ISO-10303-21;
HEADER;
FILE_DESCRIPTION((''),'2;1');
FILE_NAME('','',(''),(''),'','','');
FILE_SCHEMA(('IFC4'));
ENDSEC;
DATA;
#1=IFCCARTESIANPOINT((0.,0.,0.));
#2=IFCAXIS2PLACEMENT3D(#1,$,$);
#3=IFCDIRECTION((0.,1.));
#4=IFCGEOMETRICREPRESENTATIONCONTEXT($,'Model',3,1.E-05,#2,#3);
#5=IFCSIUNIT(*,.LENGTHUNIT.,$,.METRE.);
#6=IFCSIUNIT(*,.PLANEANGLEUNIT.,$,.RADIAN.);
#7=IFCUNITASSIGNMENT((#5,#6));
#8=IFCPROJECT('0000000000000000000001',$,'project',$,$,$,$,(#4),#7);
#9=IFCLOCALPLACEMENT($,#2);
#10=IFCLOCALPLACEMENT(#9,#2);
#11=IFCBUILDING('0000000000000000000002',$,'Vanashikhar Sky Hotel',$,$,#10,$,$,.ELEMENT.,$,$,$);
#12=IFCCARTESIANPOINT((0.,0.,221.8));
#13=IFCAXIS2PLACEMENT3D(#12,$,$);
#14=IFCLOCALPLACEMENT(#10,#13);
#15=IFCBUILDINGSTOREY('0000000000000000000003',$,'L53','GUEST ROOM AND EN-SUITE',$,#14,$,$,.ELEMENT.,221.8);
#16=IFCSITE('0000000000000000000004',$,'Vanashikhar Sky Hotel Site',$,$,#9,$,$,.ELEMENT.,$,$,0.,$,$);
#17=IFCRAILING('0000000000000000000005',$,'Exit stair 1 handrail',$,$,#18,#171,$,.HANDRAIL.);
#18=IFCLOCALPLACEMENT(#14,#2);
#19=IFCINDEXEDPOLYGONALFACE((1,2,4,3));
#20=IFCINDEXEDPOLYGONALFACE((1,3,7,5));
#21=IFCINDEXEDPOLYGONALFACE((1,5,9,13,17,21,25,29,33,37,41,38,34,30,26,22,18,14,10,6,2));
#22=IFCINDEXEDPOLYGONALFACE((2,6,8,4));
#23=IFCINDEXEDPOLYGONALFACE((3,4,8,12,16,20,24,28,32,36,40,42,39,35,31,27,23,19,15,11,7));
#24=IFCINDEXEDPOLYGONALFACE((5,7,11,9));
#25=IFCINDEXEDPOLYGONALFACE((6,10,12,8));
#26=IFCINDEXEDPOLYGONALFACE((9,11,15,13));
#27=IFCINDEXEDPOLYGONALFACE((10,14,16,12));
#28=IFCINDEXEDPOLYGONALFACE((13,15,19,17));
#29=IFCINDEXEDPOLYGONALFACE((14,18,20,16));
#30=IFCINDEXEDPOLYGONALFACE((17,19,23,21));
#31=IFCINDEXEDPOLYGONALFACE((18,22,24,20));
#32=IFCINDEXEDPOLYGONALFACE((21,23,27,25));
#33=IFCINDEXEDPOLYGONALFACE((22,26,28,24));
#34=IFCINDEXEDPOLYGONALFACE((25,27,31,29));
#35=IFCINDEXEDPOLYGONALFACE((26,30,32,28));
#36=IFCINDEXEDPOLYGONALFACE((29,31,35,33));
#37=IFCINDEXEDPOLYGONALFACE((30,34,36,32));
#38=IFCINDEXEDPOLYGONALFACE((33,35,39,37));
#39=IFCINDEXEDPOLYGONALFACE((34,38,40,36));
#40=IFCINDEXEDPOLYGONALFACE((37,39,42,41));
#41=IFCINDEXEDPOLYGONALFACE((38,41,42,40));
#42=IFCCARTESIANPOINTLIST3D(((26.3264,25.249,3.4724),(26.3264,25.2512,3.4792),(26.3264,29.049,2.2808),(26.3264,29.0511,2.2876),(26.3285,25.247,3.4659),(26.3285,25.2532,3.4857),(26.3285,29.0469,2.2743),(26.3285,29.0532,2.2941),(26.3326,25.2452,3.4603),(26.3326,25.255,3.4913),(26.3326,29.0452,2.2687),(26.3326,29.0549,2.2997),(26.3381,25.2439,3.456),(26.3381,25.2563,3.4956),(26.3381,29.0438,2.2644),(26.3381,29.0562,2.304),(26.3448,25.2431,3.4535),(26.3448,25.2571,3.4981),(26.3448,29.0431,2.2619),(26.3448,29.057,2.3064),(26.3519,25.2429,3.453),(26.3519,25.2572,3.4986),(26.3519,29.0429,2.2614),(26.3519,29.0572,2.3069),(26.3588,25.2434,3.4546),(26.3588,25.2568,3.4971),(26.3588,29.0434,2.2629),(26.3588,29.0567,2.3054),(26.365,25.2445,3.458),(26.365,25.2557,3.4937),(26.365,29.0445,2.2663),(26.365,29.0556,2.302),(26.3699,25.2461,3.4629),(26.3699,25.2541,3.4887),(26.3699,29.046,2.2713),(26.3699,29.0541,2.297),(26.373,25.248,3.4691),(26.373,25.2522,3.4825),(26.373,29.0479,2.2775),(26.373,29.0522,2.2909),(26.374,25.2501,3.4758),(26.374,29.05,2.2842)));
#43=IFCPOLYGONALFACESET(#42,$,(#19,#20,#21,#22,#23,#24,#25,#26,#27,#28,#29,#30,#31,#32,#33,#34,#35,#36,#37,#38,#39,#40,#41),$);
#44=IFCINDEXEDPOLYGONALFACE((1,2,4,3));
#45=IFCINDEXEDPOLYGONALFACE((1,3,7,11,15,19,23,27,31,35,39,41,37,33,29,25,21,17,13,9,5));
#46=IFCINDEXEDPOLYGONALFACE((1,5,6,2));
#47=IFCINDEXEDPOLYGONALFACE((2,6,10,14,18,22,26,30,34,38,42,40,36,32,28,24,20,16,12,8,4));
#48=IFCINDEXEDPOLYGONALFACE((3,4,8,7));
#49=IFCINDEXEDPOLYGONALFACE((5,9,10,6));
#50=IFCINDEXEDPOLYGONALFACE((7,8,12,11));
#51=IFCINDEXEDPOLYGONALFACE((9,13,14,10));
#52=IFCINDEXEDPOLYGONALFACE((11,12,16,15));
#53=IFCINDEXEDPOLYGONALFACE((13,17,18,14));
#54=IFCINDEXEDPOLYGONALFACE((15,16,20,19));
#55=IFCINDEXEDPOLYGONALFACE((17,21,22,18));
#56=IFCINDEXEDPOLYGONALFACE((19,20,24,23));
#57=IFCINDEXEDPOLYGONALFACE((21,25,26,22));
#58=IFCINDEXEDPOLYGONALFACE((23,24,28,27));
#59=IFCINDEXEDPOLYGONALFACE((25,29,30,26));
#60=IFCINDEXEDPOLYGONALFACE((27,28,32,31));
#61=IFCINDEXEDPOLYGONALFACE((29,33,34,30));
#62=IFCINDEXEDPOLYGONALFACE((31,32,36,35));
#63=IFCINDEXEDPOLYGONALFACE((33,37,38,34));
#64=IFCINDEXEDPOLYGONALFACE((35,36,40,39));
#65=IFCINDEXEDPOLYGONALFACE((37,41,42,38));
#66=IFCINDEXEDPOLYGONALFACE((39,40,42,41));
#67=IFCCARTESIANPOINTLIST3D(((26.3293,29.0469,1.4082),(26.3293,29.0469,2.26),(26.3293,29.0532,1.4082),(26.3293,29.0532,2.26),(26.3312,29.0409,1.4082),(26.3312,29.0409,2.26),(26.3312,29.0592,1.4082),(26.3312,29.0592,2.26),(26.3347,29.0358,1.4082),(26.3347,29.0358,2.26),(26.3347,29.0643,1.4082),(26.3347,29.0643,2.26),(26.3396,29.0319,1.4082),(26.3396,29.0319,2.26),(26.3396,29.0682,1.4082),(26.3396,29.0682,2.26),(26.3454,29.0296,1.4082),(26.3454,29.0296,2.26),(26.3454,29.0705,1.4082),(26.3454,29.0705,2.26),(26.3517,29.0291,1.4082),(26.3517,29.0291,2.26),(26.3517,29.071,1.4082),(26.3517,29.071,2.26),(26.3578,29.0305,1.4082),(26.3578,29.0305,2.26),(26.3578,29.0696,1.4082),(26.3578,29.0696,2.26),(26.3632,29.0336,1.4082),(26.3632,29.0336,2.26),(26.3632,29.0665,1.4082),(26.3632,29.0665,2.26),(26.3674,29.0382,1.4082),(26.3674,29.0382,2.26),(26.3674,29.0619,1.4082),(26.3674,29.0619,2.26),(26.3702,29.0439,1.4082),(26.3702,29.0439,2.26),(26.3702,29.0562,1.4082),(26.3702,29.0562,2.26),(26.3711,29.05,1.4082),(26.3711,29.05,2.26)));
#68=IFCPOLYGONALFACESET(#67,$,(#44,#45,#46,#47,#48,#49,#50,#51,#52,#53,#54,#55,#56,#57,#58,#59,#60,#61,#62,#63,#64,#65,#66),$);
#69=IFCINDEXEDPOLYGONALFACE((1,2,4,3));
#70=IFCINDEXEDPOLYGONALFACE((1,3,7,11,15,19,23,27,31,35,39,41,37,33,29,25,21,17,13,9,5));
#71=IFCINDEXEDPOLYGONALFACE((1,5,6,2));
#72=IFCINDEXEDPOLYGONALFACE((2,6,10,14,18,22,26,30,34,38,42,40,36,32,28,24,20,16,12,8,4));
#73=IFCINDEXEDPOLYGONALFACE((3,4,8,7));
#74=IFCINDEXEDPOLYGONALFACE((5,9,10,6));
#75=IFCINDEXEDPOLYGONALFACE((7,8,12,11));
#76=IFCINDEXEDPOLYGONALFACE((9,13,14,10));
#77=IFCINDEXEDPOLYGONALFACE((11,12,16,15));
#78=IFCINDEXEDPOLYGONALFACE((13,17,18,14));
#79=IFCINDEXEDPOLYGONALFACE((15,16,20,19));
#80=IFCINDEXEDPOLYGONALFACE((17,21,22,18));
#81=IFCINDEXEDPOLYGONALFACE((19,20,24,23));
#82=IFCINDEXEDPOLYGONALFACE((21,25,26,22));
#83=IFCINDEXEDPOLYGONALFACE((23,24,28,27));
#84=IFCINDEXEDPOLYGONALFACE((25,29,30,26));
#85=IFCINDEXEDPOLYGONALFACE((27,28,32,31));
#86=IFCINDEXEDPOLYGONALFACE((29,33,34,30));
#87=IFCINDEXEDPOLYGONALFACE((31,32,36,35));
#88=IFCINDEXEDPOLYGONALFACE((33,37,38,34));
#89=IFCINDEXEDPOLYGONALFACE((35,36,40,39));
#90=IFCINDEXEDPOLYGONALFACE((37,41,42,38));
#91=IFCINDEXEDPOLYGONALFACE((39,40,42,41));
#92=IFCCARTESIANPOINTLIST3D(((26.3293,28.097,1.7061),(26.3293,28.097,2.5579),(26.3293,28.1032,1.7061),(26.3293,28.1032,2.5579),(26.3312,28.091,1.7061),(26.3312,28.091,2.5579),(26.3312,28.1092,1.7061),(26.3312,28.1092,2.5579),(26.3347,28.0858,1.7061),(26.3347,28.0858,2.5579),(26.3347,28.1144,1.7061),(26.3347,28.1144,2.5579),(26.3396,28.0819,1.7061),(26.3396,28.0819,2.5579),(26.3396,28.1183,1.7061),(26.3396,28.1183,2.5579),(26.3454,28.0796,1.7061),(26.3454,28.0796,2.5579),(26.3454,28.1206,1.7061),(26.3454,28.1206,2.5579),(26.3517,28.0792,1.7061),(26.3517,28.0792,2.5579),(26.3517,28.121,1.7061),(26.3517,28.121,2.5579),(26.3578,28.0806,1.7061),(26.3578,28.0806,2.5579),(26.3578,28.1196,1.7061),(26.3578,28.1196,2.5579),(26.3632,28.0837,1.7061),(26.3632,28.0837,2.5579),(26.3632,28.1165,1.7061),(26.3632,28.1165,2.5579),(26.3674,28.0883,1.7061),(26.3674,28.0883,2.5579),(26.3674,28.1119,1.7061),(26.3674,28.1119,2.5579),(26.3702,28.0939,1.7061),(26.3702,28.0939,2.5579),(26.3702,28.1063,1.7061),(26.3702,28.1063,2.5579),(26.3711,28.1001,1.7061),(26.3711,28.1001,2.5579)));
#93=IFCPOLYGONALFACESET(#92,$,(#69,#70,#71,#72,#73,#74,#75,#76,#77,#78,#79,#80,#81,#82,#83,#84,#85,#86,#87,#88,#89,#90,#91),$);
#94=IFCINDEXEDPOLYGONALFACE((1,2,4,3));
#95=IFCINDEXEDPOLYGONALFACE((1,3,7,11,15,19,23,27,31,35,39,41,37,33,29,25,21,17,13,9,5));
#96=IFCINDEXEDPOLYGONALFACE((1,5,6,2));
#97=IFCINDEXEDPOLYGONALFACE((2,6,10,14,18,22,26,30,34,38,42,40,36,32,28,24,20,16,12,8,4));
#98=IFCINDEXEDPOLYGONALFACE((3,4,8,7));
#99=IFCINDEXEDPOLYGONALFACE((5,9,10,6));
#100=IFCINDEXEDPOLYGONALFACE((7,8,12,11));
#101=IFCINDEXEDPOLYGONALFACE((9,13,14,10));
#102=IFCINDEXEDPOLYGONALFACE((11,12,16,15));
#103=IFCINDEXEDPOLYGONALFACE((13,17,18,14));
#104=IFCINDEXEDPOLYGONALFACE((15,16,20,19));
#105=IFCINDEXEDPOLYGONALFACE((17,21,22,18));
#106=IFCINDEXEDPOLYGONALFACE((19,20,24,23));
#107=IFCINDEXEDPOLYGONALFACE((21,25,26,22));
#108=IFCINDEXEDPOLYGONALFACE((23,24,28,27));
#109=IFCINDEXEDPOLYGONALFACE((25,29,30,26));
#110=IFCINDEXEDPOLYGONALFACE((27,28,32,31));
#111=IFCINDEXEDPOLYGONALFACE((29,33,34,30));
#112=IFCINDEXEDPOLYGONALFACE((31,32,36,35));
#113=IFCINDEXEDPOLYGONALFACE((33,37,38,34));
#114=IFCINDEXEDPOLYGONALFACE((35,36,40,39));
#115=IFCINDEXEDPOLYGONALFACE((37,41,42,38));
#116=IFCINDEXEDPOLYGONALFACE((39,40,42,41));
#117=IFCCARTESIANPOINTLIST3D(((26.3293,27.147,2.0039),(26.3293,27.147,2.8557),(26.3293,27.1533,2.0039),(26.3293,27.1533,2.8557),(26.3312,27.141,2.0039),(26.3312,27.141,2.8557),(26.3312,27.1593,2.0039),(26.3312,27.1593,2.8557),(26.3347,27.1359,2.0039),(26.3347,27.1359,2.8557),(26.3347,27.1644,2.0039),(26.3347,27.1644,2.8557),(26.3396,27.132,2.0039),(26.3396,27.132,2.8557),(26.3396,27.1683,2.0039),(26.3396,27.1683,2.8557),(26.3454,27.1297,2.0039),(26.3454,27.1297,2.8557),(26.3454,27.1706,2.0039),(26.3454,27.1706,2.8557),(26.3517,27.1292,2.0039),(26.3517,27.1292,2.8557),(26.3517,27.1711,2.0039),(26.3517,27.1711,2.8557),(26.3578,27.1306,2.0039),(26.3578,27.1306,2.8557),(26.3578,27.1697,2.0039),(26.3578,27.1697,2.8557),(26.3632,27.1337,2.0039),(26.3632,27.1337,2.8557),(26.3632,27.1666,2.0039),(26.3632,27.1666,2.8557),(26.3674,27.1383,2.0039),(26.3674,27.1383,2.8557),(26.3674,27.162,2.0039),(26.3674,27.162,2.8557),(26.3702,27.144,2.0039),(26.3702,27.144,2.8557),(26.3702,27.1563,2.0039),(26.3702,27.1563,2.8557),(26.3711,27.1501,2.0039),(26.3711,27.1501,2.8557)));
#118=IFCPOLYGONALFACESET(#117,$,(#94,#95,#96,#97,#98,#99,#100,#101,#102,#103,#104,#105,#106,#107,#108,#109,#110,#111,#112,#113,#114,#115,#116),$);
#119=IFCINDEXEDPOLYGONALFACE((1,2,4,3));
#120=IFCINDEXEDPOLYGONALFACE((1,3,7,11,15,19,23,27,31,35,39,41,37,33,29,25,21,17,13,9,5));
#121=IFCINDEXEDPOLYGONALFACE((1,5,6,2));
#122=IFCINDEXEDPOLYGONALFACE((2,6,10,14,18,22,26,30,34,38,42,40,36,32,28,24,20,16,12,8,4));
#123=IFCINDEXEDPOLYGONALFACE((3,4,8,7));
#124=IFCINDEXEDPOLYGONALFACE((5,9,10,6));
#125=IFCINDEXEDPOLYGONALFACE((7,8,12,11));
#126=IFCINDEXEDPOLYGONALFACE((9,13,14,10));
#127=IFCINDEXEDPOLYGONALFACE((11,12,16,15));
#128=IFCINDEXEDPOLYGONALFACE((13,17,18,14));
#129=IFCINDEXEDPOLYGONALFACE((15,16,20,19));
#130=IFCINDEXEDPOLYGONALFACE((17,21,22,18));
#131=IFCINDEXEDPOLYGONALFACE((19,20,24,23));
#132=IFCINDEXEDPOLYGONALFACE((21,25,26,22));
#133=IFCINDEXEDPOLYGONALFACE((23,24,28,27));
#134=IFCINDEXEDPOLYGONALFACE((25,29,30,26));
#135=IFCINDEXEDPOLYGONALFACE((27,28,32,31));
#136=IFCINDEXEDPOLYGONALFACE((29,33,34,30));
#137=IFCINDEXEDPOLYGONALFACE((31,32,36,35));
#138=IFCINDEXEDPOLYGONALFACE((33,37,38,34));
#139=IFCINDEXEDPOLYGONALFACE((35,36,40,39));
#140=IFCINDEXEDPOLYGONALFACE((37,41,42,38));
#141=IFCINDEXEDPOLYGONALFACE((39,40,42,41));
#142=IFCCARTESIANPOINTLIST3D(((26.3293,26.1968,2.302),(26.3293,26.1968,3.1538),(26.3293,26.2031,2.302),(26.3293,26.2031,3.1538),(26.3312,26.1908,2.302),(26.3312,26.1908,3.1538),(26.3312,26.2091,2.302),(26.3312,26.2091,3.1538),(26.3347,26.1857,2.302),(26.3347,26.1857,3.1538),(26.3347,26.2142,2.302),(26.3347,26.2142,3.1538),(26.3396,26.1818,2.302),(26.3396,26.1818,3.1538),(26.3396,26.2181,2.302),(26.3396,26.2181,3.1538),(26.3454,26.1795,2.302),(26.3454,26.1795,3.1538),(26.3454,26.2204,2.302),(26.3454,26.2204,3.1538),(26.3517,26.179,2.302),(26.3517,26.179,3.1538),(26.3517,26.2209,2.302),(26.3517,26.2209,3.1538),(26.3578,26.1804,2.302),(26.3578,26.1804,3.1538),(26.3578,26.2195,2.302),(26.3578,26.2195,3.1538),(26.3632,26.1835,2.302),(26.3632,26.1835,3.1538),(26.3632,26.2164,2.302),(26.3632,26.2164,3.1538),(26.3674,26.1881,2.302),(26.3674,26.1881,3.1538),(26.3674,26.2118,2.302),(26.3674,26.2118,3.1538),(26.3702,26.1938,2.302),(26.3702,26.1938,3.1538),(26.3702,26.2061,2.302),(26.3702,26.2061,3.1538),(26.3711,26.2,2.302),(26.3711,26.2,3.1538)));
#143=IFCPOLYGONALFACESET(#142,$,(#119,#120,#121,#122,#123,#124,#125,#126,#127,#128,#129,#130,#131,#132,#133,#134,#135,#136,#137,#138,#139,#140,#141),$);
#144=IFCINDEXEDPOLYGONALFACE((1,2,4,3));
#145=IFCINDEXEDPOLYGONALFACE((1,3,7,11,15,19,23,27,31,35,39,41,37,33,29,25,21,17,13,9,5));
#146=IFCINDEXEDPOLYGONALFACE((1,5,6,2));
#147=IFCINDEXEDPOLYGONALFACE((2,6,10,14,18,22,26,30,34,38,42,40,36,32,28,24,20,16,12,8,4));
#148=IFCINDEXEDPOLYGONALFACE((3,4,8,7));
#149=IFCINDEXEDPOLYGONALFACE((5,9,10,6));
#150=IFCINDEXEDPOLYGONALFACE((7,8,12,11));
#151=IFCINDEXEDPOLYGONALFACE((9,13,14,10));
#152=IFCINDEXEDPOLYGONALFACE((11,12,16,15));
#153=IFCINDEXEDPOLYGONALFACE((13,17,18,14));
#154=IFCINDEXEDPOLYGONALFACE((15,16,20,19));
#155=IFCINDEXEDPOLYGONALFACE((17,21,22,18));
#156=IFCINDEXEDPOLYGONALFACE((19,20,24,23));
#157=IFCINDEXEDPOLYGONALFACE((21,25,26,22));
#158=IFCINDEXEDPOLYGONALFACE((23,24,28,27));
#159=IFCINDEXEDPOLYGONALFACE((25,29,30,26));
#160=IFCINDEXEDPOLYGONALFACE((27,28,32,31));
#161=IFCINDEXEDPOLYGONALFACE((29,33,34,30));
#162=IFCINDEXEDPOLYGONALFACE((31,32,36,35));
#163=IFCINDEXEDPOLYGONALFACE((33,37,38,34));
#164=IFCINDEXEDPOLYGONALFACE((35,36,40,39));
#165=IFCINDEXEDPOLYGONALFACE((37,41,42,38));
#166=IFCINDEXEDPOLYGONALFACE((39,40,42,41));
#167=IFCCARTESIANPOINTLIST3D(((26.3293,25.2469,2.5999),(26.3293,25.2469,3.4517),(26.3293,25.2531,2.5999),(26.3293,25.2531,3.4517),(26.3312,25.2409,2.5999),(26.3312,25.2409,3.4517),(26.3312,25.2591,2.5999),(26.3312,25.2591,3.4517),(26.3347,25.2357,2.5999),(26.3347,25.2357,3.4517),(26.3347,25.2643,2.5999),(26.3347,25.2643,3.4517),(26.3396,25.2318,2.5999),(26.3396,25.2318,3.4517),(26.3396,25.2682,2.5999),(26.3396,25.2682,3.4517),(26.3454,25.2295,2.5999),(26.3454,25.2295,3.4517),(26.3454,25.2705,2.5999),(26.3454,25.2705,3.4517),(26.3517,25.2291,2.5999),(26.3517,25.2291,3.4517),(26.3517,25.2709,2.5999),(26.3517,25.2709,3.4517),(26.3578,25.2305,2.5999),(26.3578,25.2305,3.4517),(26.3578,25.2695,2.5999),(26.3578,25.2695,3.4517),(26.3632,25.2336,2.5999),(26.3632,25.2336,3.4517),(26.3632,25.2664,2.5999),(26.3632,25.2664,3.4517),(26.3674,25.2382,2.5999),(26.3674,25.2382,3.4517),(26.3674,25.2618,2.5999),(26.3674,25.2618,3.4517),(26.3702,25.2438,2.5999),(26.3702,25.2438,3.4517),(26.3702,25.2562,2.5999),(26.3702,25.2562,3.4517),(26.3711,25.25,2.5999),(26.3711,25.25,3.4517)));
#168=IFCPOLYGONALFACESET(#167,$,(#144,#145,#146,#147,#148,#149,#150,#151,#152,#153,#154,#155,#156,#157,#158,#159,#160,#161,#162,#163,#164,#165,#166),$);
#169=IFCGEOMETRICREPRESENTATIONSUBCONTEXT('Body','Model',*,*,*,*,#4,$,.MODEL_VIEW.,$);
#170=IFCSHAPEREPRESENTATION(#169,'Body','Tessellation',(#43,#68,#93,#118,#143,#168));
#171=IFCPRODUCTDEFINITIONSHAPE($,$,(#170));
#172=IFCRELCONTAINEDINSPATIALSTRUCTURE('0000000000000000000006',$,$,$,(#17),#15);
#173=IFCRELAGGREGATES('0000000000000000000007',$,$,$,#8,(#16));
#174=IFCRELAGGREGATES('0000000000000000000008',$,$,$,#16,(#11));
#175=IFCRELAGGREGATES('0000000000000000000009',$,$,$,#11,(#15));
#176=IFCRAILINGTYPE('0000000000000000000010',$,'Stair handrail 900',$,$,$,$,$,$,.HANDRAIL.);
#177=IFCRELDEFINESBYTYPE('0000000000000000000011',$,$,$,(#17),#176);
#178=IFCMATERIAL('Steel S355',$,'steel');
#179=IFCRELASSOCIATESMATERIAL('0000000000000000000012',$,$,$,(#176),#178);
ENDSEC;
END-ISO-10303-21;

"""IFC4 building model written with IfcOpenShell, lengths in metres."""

from ifc_helpers import new_model, si_unit, direction, frame, origin, origin_2d, place, context, subcontext, project, spatial, circle, extrude, source, transform, mapped, material, type_object, element, save


model = new_model("IFC4")

# Units and contexts
model_context = context("Model", 3, precision=1e-05, world=origin(), true_north=direction((0.0, 1.0)))
body_context = subcontext(model_context, "Body", "Model", "MODEL_VIEW")
ifc_project = project(units=[si_unit("LENGTHUNIT", "METRE"), si_unit("PLANEANGLEUNIT", "RADIAN")], contexts=[model_context])

# Site, building, storey
site_placement = place(None, origin())
site = spatial("IfcSite", under=ifc_project, at=site_placement, Name="Vanashikhar Sky Hotel Site", CompositionType="ELEMENT", RefElevation=0.0)
building_placement = place(site_placement, origin())
building = spatial("IfcBuilding", under=site, at=building_placement, Name="Vanashikhar Sky Hotel", CompositionType="ELEMENT")
storey_placement = place(building_placement, frame((0.0, 0.0, 221.8)))
storey = spatial("IfcBuildingStorey", under=building, at=storey_placement, Name="L53", Description="GUEST ROOM AND EN-SUITE", CompositionType="ELEMENT", Elevation=221.8)

# Railing
ifc_material_1 = material(Name="Steel S355", Category="steel")
railing_type_1 = type_object("IfcRailingType", Name="Stair handrail 900", PredefinedType="HANDRAIL", material=ifc_material_1)
shared_shape_1 = source(origin(), body_context, "Body", "SweptSolid", [
    extrude(circle(Radius=0.0239, at=origin_2d()), frame((0.0, 0.0, 0.876), z_axis=(0.0, -0.954184, 0.299221), x_axis=(1.0, 0.0, 0.0)), (0.0, 0.0, 1.0), 3.9824),
    extrude(circle(Radius=0.021, at=origin_2d()), origin(), (0.0, 0.0, 1.0), 0.8518),
    extrude(circle(Radius=0.021, at=origin_2d()), frame((0.0, -0.95, 0.2979)), (0.0, 0.0, 1.0), 0.8518),
    extrude(circle(Radius=0.021, at=origin_2d()), frame((0.0, -1.8999, 0.5957)), (0.0, 0.0, 1.0), 0.8518),
    extrude(circle(Radius=0.021, at=origin_2d()), frame((0.0, -2.8501, 0.8938)), (0.0, 0.0, 1.0), 0.8518),
    extrude(circle(Radius=0.021, at=origin_2d()), frame((0.0, -3.8, 1.1917)), (0.0, 0.0, 1.0), 0.8518),
])
railing_1_placement = place(storey_placement, frame((26.3501, 29.05, 1.4082)))
element("IfcRailing", 1, at=railing_1_placement, inside=storey, type_object=railing_type_1, Name="Exit stair 1 handrail", PredefinedType="HANDRAIL", context=body_context, shape_type="MappedRepresentation", body=[
    mapped(shared_shape_1, transform((0.0, 0.0, 0.0), scale=1.0)),
])

save(model, "model.ifc")
